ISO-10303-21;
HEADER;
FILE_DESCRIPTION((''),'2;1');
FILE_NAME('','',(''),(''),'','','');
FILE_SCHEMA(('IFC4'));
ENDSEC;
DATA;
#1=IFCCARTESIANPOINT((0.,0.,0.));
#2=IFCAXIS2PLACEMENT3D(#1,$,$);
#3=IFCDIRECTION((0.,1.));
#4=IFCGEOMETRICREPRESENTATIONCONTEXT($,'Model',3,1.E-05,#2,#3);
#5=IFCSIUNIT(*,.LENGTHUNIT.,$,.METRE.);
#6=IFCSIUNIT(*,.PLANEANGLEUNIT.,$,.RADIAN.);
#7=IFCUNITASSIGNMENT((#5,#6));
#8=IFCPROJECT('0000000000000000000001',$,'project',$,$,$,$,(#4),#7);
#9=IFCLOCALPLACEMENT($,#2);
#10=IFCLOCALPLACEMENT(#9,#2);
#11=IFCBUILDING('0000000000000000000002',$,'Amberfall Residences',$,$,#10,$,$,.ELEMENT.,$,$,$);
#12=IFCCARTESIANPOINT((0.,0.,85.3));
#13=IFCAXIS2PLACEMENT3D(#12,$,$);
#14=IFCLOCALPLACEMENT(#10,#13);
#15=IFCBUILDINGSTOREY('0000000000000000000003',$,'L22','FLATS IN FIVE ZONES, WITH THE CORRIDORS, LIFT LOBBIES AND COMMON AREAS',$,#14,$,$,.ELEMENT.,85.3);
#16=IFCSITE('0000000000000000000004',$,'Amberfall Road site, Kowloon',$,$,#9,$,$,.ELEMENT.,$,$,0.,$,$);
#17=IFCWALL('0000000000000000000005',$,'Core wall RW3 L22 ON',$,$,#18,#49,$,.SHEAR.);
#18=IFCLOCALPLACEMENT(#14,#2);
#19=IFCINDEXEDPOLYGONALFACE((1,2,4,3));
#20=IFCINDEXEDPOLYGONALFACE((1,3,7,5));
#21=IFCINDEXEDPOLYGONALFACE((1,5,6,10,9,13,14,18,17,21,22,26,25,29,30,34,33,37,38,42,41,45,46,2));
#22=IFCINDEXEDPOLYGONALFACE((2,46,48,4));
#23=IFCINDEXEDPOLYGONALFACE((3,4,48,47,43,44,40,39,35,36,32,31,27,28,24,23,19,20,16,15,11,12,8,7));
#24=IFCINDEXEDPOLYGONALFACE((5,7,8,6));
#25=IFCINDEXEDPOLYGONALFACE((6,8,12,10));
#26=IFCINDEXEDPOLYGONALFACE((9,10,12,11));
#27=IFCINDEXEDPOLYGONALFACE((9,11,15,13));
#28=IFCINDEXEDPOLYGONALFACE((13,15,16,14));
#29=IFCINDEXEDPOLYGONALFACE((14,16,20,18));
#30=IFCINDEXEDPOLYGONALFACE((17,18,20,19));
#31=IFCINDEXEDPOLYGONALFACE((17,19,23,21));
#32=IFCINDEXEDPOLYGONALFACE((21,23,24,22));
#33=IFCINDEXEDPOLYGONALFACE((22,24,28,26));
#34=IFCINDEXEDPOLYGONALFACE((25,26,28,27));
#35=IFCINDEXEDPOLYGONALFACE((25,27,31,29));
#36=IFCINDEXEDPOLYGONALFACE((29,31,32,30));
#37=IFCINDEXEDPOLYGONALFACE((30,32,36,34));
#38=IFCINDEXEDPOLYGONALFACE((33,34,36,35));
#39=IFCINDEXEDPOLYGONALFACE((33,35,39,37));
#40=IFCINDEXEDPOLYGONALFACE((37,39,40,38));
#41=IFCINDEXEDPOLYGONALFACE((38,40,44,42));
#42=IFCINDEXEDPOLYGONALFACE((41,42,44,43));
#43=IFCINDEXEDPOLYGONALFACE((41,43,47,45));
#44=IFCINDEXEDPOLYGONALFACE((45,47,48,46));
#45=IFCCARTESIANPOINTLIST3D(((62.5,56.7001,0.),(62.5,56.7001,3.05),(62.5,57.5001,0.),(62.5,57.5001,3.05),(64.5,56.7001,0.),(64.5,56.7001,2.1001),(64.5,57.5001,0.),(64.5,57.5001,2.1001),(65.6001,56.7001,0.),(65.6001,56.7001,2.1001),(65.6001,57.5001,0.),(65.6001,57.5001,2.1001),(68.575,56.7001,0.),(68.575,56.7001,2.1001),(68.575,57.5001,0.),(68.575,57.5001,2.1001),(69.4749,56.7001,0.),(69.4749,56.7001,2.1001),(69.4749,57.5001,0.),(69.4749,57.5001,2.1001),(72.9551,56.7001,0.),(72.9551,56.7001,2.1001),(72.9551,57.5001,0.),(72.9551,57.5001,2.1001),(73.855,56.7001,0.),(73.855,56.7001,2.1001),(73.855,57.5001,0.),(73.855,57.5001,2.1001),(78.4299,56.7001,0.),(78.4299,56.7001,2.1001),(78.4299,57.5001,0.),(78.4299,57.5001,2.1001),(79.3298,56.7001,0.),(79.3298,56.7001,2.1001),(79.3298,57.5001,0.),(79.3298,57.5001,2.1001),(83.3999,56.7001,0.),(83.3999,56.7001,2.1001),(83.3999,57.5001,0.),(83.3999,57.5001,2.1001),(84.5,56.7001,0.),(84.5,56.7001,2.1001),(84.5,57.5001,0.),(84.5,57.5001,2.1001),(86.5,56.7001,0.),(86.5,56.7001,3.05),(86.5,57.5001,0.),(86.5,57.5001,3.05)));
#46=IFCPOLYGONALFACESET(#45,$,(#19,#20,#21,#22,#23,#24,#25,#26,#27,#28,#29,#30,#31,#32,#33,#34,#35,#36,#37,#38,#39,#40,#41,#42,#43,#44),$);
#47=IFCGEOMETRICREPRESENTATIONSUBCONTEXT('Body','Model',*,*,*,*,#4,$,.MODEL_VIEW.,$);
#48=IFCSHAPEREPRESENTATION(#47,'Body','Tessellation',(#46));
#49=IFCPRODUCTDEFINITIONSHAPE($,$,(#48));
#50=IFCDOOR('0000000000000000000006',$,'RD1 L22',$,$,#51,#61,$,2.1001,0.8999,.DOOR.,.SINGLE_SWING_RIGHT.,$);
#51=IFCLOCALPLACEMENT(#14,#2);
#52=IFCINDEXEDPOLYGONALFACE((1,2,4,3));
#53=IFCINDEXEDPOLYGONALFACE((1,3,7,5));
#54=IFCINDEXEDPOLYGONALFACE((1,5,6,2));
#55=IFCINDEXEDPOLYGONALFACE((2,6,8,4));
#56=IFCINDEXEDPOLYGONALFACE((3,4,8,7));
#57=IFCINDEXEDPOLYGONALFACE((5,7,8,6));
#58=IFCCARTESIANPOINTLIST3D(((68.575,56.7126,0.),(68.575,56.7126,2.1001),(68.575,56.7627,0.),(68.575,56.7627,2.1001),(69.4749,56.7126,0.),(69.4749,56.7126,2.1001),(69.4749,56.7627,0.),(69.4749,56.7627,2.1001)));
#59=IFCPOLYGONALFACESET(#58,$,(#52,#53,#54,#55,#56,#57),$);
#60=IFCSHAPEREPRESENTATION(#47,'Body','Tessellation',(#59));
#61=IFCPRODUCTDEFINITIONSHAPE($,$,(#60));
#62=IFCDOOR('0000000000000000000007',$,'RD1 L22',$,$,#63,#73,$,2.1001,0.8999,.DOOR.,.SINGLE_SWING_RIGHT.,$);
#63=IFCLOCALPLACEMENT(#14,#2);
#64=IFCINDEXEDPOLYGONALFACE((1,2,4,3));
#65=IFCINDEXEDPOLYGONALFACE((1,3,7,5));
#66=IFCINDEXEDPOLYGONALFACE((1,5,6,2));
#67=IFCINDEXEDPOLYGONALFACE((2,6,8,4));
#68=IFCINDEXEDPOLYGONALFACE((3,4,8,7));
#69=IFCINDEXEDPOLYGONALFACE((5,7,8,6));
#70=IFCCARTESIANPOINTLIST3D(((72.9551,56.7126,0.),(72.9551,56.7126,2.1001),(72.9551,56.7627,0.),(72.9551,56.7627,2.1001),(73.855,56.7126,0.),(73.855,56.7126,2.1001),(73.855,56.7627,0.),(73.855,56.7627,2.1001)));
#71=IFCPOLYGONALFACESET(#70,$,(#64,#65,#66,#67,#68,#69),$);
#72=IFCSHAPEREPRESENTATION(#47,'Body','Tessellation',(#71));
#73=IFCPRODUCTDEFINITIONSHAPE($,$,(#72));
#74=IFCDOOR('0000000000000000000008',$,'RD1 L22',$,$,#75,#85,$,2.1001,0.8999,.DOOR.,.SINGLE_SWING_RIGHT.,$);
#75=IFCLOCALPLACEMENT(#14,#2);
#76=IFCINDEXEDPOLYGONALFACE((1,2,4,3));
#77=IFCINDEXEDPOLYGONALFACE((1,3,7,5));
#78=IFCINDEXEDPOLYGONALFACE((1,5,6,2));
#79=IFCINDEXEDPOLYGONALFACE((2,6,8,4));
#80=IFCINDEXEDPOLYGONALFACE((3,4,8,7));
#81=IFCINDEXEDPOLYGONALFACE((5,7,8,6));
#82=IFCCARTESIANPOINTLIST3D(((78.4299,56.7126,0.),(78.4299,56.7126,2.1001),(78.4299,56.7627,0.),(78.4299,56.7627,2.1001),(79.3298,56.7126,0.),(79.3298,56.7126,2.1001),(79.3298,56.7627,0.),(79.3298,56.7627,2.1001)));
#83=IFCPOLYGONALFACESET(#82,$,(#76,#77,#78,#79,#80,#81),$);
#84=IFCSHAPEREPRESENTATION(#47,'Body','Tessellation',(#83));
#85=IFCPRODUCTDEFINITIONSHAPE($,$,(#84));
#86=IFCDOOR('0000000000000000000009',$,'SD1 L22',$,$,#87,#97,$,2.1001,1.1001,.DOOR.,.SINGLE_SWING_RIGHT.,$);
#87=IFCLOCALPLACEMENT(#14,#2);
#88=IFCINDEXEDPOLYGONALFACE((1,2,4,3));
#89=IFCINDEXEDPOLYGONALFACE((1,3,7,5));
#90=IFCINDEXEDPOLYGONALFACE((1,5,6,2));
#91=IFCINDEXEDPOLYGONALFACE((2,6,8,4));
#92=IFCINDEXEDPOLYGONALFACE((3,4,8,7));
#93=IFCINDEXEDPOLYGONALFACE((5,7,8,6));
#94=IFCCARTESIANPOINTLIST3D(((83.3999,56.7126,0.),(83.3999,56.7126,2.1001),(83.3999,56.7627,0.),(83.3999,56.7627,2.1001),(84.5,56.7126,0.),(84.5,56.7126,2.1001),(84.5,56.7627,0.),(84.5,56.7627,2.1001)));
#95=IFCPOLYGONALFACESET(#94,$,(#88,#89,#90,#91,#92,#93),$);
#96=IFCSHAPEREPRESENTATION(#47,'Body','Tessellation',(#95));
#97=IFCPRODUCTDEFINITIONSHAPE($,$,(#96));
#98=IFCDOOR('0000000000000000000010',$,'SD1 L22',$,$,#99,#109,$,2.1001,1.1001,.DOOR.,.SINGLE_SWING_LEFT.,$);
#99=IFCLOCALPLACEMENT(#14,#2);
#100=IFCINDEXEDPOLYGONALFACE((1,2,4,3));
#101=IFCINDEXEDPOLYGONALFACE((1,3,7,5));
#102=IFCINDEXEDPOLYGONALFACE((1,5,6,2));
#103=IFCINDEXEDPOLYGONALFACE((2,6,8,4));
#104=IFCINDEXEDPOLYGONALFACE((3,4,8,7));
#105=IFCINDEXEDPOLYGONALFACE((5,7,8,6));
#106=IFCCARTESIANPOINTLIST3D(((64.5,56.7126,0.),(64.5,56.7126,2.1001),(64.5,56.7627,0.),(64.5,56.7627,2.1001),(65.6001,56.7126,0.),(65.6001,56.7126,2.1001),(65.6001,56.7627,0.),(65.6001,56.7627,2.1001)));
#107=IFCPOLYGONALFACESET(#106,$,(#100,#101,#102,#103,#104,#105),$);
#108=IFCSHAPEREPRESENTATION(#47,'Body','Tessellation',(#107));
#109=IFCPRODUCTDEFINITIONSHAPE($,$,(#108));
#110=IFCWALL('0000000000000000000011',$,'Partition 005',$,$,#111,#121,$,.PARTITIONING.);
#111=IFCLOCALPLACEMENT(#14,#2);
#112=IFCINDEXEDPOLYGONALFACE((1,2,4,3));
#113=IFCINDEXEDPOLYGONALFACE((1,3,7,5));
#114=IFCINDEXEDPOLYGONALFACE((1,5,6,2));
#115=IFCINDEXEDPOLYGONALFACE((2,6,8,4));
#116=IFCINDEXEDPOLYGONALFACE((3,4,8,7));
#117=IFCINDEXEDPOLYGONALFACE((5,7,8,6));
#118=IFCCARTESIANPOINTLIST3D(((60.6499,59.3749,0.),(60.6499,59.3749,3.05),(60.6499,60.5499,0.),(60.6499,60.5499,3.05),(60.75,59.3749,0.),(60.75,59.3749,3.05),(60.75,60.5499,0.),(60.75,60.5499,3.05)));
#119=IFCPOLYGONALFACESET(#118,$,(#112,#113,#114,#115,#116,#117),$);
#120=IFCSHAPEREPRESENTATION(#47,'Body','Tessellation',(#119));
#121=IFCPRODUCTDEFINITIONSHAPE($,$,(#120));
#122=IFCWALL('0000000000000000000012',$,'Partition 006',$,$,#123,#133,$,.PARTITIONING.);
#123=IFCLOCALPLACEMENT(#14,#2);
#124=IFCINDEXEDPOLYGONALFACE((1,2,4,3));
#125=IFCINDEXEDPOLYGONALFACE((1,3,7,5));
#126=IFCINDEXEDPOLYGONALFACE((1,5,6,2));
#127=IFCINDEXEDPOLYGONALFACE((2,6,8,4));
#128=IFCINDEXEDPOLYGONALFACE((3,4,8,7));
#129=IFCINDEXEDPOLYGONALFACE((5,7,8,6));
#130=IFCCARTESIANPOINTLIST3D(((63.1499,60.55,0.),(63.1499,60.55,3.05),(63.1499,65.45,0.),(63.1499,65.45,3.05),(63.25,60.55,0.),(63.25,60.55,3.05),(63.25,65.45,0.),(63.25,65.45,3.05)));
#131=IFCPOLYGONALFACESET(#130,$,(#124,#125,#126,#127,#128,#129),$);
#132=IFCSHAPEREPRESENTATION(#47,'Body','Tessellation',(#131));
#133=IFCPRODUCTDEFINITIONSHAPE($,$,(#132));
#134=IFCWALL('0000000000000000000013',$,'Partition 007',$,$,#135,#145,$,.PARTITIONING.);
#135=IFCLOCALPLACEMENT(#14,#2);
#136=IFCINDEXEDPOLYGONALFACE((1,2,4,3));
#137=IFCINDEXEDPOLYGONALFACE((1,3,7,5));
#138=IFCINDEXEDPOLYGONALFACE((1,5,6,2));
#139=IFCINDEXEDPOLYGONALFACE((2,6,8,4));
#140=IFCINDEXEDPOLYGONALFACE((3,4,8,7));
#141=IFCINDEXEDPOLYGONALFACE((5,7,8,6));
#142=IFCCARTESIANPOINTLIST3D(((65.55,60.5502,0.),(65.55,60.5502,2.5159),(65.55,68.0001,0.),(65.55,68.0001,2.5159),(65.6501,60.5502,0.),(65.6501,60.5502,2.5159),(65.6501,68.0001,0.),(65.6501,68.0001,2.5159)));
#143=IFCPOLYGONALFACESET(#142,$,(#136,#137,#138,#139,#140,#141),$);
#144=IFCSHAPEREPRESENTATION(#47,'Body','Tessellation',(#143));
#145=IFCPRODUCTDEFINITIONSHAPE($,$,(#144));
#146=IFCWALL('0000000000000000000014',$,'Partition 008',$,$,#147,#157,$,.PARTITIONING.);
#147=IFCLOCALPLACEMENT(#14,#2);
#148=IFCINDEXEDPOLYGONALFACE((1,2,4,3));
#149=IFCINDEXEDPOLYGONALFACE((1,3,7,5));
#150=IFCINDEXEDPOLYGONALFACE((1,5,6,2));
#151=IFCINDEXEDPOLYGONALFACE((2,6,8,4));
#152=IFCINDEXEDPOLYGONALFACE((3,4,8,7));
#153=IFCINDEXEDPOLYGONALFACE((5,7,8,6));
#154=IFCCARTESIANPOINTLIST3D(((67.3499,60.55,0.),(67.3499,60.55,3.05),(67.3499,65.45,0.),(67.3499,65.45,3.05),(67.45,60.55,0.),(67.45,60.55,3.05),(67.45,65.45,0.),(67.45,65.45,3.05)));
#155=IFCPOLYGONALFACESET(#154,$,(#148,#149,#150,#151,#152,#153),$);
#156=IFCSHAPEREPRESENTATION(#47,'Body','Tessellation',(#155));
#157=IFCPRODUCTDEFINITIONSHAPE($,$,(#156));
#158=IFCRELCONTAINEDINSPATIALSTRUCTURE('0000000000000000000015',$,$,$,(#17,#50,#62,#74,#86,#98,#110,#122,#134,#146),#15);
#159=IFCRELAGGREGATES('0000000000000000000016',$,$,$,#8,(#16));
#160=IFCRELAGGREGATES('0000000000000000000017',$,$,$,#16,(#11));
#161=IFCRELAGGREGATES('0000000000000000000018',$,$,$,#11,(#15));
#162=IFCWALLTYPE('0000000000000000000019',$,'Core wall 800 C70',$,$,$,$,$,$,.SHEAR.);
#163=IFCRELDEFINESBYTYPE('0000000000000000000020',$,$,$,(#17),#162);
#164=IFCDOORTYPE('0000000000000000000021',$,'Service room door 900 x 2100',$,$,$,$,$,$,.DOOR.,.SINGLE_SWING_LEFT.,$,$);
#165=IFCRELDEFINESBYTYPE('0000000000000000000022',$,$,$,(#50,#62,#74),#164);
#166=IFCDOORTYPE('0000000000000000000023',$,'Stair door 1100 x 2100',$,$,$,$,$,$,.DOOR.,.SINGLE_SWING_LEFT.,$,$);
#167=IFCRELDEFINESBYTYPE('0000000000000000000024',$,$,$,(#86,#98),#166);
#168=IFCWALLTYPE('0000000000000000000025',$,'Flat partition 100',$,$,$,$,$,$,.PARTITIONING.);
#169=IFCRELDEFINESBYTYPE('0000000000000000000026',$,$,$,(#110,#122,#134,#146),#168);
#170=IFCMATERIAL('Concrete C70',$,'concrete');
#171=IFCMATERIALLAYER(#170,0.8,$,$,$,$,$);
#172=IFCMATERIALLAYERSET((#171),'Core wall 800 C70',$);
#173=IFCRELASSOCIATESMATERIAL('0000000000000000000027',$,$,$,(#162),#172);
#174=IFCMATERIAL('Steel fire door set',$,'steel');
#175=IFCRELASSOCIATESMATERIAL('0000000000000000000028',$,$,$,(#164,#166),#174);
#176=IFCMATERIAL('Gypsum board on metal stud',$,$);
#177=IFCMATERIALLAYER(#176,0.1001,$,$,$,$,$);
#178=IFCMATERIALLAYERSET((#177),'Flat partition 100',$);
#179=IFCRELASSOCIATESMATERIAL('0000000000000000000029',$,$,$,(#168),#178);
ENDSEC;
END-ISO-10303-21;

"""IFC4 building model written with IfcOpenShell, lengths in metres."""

from ifc_helpers import new_model, si_unit, direction, frame, frame_2d, origin, place, context, subcontext, project, spatial, rectangle, extrude, material, layer, layer_set, type_object, element, fill, save


model = new_model("IFC4")

# Units and contexts
model_context = context("Model", 3, precision=1e-05, world=origin(), true_north=direction((0.0, 1.0)))
body_context = subcontext(model_context, "Body", "Model", "MODEL_VIEW")
ifc_project = project(units=[si_unit("LENGTHUNIT", "METRE"), si_unit("PLANEANGLEUNIT", "RADIAN")], contexts=[model_context])

# Site, building, storey
site_placement = place(None, origin())
site = spatial("IfcSite", under=ifc_project, at=site_placement, Name="Amberfall Road site, Kowloon", CompositionType="ELEMENT", RefElevation=0.0)
building_placement = place(site_placement, origin())
building = spatial("IfcBuilding", under=site, at=building_placement, Name="Amberfall Residences", CompositionType="ELEMENT")
storey_placement = place(building_placement, frame((0.0, 0.0, 85.3)))
storey = spatial("IfcBuildingStorey", under=building, at=storey_placement, Name="L22", Description="FLATS IN FIVE ZONES, WITH THE CORRIDORS, LIFT LOBBIES AND COMMON AREAS", CompositionType="ELEMENT", Elevation=85.3)

# Wall, openings, doors
ifc_material_1 = material(Name="Concrete C70", Category="concrete")
ifc_layer_1 = layer(ifc_material_1, 0.8)
ifc_layer_set_1 = layer_set([ifc_layer_1], Name="Core wall 800 C70")
wall_type_1 = type_object("IfcWallType", Name="Core wall 800 C70", PredefinedType="SHEAR", material=ifc_layer_set_1)
wall_1_placement = place(storey_placement, frame((62.5, 57.1001, 0.0), z_axis=(0.0, 0.0, 1.0), x_axis=(1.0, 0.0, 0.0)))
wall_1 = element("IfcWall", 1, at=wall_1_placement, inside=storey, type_object=wall_type_1, Name="Core wall RW3 L22 ON", PredefinedType="SHEAR", context=body_context, shape_type="SweptSolid", body=[
    extrude(rectangle(XDim=24.0, YDim=0.8, at=frame_2d((12.0, 0.0))), origin(), (0.0, 0.0, 1.0), 3.05),
])
opening_1_placement = place(wall_1_placement, frame((20.8999, 0.0, 0.0)))
opening_1 = element("IfcOpeningElement", 2, at=opening_1_placement, cuts=wall_1, PredefinedType="OPENING", context=body_context, shape_type="SweptSolid", body=[
    extrude(rectangle(XDim=1.1001, YDim=2.1001, at=frame_2d((0.55, 1.05))), frame((0.0, 0.4099, 0.0), z_axis=(0.0, -1.0, 0.0), x_axis=(1.0, 0.0, 0.0)), (0.0, 0.0, 1.0), 0.8201),
])
opening_2_placement = place(wall_1_placement, frame((2.0, 0.0, 0.0)))
opening_2 = element("IfcOpeningElement", 3, at=opening_2_placement, cuts=wall_1, PredefinedType="OPENING", context=body_context, shape_type="SweptSolid", body=[
    extrude(rectangle(XDim=1.1001, YDim=2.1001, at=frame_2d((0.55, 1.05))), frame((0.0, 0.4099, 0.0), z_axis=(0.0, -1.0, 0.0), x_axis=(1.0, 0.0, 0.0)), (0.0, 0.0, 1.0), 0.8201),
])
opening_3_placement = place(wall_1_placement, frame((6.075, 0.0, 0.0)))
opening_3 = element("IfcOpeningElement", 4, at=opening_3_placement, cuts=wall_1, PredefinedType="OPENING", context=body_context, shape_type="SweptSolid", body=[
    extrude(rectangle(XDim=0.8999, YDim=2.1001, at=frame_2d((0.45, 1.05))), frame((0.0, 0.4099, 0.0), z_axis=(0.0, -1.0, 0.0), x_axis=(1.0, 0.0, 0.0)), (0.0, 0.0, 1.0), 0.8201),
])
opening_4_placement = place(wall_1_placement, frame((10.4551, 0.0, 0.0)))
opening_4 = element("IfcOpeningElement", 5, at=opening_4_placement, cuts=wall_1, PredefinedType="OPENING", context=body_context, shape_type="SweptSolid", body=[
    extrude(rectangle(XDim=0.8999, YDim=2.1001, at=frame_2d((0.45, 1.05))), frame((0.0, 0.4099, 0.0), z_axis=(0.0, -1.0, 0.0), x_axis=(1.0, 0.0, 0.0)), (0.0, 0.0, 1.0), 0.8201),
])
opening_5_placement = place(wall_1_placement, frame((15.9299, 0.0, 0.0)))
opening_5 = element("IfcOpeningElement", 6, at=opening_5_placement, cuts=wall_1, PredefinedType="OPENING", context=body_context, shape_type="SweptSolid", body=[
    extrude(rectangle(XDim=0.8999, YDim=2.1001, at=frame_2d((0.45, 1.05))), frame((0.0, 0.4099, 0.0), z_axis=(0.0, -1.0, 0.0), x_axis=(1.0, 0.0, 0.0)), (0.0, 0.0, 1.0), 0.8201),
])
ifc_material_2 = material(Name="Steel fire door set", Category="steel")
door_type_1 = type_object("IfcDoorType", Name="Service room door 900 x 2100", OperationType="SINGLE_SWING_LEFT", PredefinedType="DOOR", material=ifc_material_2)
door_1_placement = place(opening_3_placement, origin())
door_1 = element("IfcDoor", 7, at=door_1_placement, inside=storey, type_object=door_type_1, Name="RD1 L22", OperationType="SINGLE_SWING_RIGHT", OverallHeight=2.1001, OverallWidth=0.8999, PredefinedType="DOOR", context=body_context, shape_type="SweptSolid", body=[
    extrude(rectangle(XDim=0.8999, YDim=2.1001, at=frame_2d((0.45, 1.05))), frame((0.0, -0.3374, 0.0), z_axis=(0.0, -1.0, 0.0), x_axis=(1.0, 0.0, 0.0)), (0.0, 0.0, 1.0), 0.05),
])
fill(opening_3, door_1)
door_2_placement = place(opening_4_placement, origin())
door_2 = element("IfcDoor", 8, at=door_2_placement, inside=storey, type_object=door_type_1, Name="RD1 L22", OperationType="SINGLE_SWING_RIGHT", OverallHeight=2.1001, OverallWidth=0.8999, PredefinedType="DOOR", context=body_context, shape_type="SweptSolid", body=[
    extrude(rectangle(XDim=0.8999, YDim=2.1001, at=frame_2d((0.45, 1.05))), frame((0.0, -0.3374, 0.0), z_axis=(0.0, -1.0, 0.0), x_axis=(1.0, 0.0, 0.0)), (0.0, 0.0, 1.0), 0.05),
])
fill(opening_4, door_2)
door_3_placement = place(opening_5_placement, origin())
door_3 = element("IfcDoor", 9, at=door_3_placement, inside=storey, type_object=door_type_1, Name="RD1 L22", OperationType="SINGLE_SWING_RIGHT", OverallHeight=2.1001, OverallWidth=0.8999, PredefinedType="DOOR", context=body_context, shape_type="SweptSolid", body=[
    extrude(rectangle(XDim=0.8999, YDim=2.1001, at=frame_2d((0.45, 1.05))), frame((0.0, -0.3374, 0.0), z_axis=(0.0, -1.0, 0.0), x_axis=(1.0, 0.0, 0.0)), (0.0, 0.0, 1.0), 0.05),
])
fill(opening_5, door_3)
door_type_2 = type_object("IfcDoorType", Name="Stair door 1100 x 2100", OperationType="SINGLE_SWING_LEFT", PredefinedType="DOOR", material=ifc_material_2)
door_4_placement = place(opening_1_placement, origin())
door_4 = element("IfcDoor", 10, at=door_4_placement, inside=storey, type_object=door_type_2, Name="SD1 L22", OperationType="SINGLE_SWING_RIGHT", OverallHeight=2.1001, OverallWidth=1.1001, PredefinedType="DOOR", context=body_context, shape_type="SweptSolid", body=[
    extrude(rectangle(XDim=1.1001, YDim=2.1001, at=frame_2d((0.55, 1.05))), frame((0.0, -0.3374, 0.0), z_axis=(0.0, -1.0, 0.0), x_axis=(1.0, 0.0, 0.0)), (0.0, 0.0, 1.0), 0.05),
])
fill(opening_1, door_4)
door_5_placement = place(opening_2_placement, origin())
door_5 = element("IfcDoor", 11, at=door_5_placement, inside=storey, type_object=door_type_2, Name="SD1 L22", OperationType="SINGLE_SWING_LEFT", OverallHeight=2.1001, OverallWidth=1.1001, PredefinedType="DOOR", context=body_context, shape_type="SweptSolid", body=[
    extrude(rectangle(XDim=1.1001, YDim=2.1001, at=frame_2d((0.55, 1.05))), frame((0.0, -0.3374, 0.0), z_axis=(0.0, -1.0, 0.0), x_axis=(1.0, 0.0, 0.0)), (0.0, 0.0, 1.0), 0.05),
])
fill(opening_2, door_5)

# Walls
ifc_material_3 = material(Name="Gypsum board on metal stud")
ifc_layer_2 = layer(ifc_material_3, 0.1001)
ifc_layer_set_2 = layer_set([ifc_layer_2], Name="Flat partition 100")
wall_type_2 = type_object("IfcWallType", Name="Flat partition 100", PredefinedType="PARTITIONING", material=ifc_layer_set_2)
wall_2_placement = place(storey_placement, frame((60.7, 59.375, 0.0), z_axis=(0.0, 0.0, 1.0), x_axis=(0.0, 1.0, 0.0)))
element("IfcWall", 12, at=wall_2_placement, inside=storey, type_object=wall_type_2, Name="Partition 005", PredefinedType="PARTITIONING", context=body_context, shape_type="SweptSolid", body=[
    extrude(rectangle(XDim=1.175, YDim=0.1001, at=frame_2d((0.5874, 0.0))), origin(), (0.0, 0.0, 1.0), 3.05),
])
wall_3_placement = place(storey_placement, frame((63.2, 60.55, 0.0), z_axis=(0.0, 0.0, 1.0), x_axis=(0.0, 1.0, 0.0)))
element("IfcWall", 13, at=wall_3_placement, inside=storey, type_object=wall_type_2, Name="Partition 006", PredefinedType="PARTITIONING", context=body_context, shape_type="SweptSolid", body=[
    extrude(rectangle(XDim=4.8999, YDim=0.1001, at=frame_2d((2.45, 0.0))), origin(), (0.0, 0.0, 1.0), 3.05),
])
wall_4_placement = place(storey_placement, frame((65.6001, 60.55, 0.0), z_axis=(0.0, 0.0, 1.0), x_axis=(0.0, 1.0, 0.0)))
element("IfcWall", 14, at=wall_4_placement, inside=storey, type_object=wall_type_2, Name="Partition 007", PredefinedType="PARTITIONING", context=body_context, shape_type="SweptSolid", body=[
    extrude(rectangle(XDim=7.45, YDim=0.1001, at=frame_2d((3.7251, 0.0))), origin(), (0.0, 0.0, 1.0), 2.5159),
])
wall_5_placement = place(storey_placement, frame((67.3999, 60.55, 0.0), z_axis=(0.0, 0.0, 1.0), x_axis=(0.0, 1.0, 0.0)))
element("IfcWall", 15, at=wall_5_placement, inside=storey, type_object=wall_type_2, Name="Partition 008", PredefinedType="PARTITIONING", context=body_context, shape_type="SweptSolid", body=[
    extrude(rectangle(XDim=4.8999, YDim=0.1001, at=frame_2d((2.45, 0.0))), origin(), (0.0, 0.0, 1.0), 3.05),
])

save(model, "model.ifc")
